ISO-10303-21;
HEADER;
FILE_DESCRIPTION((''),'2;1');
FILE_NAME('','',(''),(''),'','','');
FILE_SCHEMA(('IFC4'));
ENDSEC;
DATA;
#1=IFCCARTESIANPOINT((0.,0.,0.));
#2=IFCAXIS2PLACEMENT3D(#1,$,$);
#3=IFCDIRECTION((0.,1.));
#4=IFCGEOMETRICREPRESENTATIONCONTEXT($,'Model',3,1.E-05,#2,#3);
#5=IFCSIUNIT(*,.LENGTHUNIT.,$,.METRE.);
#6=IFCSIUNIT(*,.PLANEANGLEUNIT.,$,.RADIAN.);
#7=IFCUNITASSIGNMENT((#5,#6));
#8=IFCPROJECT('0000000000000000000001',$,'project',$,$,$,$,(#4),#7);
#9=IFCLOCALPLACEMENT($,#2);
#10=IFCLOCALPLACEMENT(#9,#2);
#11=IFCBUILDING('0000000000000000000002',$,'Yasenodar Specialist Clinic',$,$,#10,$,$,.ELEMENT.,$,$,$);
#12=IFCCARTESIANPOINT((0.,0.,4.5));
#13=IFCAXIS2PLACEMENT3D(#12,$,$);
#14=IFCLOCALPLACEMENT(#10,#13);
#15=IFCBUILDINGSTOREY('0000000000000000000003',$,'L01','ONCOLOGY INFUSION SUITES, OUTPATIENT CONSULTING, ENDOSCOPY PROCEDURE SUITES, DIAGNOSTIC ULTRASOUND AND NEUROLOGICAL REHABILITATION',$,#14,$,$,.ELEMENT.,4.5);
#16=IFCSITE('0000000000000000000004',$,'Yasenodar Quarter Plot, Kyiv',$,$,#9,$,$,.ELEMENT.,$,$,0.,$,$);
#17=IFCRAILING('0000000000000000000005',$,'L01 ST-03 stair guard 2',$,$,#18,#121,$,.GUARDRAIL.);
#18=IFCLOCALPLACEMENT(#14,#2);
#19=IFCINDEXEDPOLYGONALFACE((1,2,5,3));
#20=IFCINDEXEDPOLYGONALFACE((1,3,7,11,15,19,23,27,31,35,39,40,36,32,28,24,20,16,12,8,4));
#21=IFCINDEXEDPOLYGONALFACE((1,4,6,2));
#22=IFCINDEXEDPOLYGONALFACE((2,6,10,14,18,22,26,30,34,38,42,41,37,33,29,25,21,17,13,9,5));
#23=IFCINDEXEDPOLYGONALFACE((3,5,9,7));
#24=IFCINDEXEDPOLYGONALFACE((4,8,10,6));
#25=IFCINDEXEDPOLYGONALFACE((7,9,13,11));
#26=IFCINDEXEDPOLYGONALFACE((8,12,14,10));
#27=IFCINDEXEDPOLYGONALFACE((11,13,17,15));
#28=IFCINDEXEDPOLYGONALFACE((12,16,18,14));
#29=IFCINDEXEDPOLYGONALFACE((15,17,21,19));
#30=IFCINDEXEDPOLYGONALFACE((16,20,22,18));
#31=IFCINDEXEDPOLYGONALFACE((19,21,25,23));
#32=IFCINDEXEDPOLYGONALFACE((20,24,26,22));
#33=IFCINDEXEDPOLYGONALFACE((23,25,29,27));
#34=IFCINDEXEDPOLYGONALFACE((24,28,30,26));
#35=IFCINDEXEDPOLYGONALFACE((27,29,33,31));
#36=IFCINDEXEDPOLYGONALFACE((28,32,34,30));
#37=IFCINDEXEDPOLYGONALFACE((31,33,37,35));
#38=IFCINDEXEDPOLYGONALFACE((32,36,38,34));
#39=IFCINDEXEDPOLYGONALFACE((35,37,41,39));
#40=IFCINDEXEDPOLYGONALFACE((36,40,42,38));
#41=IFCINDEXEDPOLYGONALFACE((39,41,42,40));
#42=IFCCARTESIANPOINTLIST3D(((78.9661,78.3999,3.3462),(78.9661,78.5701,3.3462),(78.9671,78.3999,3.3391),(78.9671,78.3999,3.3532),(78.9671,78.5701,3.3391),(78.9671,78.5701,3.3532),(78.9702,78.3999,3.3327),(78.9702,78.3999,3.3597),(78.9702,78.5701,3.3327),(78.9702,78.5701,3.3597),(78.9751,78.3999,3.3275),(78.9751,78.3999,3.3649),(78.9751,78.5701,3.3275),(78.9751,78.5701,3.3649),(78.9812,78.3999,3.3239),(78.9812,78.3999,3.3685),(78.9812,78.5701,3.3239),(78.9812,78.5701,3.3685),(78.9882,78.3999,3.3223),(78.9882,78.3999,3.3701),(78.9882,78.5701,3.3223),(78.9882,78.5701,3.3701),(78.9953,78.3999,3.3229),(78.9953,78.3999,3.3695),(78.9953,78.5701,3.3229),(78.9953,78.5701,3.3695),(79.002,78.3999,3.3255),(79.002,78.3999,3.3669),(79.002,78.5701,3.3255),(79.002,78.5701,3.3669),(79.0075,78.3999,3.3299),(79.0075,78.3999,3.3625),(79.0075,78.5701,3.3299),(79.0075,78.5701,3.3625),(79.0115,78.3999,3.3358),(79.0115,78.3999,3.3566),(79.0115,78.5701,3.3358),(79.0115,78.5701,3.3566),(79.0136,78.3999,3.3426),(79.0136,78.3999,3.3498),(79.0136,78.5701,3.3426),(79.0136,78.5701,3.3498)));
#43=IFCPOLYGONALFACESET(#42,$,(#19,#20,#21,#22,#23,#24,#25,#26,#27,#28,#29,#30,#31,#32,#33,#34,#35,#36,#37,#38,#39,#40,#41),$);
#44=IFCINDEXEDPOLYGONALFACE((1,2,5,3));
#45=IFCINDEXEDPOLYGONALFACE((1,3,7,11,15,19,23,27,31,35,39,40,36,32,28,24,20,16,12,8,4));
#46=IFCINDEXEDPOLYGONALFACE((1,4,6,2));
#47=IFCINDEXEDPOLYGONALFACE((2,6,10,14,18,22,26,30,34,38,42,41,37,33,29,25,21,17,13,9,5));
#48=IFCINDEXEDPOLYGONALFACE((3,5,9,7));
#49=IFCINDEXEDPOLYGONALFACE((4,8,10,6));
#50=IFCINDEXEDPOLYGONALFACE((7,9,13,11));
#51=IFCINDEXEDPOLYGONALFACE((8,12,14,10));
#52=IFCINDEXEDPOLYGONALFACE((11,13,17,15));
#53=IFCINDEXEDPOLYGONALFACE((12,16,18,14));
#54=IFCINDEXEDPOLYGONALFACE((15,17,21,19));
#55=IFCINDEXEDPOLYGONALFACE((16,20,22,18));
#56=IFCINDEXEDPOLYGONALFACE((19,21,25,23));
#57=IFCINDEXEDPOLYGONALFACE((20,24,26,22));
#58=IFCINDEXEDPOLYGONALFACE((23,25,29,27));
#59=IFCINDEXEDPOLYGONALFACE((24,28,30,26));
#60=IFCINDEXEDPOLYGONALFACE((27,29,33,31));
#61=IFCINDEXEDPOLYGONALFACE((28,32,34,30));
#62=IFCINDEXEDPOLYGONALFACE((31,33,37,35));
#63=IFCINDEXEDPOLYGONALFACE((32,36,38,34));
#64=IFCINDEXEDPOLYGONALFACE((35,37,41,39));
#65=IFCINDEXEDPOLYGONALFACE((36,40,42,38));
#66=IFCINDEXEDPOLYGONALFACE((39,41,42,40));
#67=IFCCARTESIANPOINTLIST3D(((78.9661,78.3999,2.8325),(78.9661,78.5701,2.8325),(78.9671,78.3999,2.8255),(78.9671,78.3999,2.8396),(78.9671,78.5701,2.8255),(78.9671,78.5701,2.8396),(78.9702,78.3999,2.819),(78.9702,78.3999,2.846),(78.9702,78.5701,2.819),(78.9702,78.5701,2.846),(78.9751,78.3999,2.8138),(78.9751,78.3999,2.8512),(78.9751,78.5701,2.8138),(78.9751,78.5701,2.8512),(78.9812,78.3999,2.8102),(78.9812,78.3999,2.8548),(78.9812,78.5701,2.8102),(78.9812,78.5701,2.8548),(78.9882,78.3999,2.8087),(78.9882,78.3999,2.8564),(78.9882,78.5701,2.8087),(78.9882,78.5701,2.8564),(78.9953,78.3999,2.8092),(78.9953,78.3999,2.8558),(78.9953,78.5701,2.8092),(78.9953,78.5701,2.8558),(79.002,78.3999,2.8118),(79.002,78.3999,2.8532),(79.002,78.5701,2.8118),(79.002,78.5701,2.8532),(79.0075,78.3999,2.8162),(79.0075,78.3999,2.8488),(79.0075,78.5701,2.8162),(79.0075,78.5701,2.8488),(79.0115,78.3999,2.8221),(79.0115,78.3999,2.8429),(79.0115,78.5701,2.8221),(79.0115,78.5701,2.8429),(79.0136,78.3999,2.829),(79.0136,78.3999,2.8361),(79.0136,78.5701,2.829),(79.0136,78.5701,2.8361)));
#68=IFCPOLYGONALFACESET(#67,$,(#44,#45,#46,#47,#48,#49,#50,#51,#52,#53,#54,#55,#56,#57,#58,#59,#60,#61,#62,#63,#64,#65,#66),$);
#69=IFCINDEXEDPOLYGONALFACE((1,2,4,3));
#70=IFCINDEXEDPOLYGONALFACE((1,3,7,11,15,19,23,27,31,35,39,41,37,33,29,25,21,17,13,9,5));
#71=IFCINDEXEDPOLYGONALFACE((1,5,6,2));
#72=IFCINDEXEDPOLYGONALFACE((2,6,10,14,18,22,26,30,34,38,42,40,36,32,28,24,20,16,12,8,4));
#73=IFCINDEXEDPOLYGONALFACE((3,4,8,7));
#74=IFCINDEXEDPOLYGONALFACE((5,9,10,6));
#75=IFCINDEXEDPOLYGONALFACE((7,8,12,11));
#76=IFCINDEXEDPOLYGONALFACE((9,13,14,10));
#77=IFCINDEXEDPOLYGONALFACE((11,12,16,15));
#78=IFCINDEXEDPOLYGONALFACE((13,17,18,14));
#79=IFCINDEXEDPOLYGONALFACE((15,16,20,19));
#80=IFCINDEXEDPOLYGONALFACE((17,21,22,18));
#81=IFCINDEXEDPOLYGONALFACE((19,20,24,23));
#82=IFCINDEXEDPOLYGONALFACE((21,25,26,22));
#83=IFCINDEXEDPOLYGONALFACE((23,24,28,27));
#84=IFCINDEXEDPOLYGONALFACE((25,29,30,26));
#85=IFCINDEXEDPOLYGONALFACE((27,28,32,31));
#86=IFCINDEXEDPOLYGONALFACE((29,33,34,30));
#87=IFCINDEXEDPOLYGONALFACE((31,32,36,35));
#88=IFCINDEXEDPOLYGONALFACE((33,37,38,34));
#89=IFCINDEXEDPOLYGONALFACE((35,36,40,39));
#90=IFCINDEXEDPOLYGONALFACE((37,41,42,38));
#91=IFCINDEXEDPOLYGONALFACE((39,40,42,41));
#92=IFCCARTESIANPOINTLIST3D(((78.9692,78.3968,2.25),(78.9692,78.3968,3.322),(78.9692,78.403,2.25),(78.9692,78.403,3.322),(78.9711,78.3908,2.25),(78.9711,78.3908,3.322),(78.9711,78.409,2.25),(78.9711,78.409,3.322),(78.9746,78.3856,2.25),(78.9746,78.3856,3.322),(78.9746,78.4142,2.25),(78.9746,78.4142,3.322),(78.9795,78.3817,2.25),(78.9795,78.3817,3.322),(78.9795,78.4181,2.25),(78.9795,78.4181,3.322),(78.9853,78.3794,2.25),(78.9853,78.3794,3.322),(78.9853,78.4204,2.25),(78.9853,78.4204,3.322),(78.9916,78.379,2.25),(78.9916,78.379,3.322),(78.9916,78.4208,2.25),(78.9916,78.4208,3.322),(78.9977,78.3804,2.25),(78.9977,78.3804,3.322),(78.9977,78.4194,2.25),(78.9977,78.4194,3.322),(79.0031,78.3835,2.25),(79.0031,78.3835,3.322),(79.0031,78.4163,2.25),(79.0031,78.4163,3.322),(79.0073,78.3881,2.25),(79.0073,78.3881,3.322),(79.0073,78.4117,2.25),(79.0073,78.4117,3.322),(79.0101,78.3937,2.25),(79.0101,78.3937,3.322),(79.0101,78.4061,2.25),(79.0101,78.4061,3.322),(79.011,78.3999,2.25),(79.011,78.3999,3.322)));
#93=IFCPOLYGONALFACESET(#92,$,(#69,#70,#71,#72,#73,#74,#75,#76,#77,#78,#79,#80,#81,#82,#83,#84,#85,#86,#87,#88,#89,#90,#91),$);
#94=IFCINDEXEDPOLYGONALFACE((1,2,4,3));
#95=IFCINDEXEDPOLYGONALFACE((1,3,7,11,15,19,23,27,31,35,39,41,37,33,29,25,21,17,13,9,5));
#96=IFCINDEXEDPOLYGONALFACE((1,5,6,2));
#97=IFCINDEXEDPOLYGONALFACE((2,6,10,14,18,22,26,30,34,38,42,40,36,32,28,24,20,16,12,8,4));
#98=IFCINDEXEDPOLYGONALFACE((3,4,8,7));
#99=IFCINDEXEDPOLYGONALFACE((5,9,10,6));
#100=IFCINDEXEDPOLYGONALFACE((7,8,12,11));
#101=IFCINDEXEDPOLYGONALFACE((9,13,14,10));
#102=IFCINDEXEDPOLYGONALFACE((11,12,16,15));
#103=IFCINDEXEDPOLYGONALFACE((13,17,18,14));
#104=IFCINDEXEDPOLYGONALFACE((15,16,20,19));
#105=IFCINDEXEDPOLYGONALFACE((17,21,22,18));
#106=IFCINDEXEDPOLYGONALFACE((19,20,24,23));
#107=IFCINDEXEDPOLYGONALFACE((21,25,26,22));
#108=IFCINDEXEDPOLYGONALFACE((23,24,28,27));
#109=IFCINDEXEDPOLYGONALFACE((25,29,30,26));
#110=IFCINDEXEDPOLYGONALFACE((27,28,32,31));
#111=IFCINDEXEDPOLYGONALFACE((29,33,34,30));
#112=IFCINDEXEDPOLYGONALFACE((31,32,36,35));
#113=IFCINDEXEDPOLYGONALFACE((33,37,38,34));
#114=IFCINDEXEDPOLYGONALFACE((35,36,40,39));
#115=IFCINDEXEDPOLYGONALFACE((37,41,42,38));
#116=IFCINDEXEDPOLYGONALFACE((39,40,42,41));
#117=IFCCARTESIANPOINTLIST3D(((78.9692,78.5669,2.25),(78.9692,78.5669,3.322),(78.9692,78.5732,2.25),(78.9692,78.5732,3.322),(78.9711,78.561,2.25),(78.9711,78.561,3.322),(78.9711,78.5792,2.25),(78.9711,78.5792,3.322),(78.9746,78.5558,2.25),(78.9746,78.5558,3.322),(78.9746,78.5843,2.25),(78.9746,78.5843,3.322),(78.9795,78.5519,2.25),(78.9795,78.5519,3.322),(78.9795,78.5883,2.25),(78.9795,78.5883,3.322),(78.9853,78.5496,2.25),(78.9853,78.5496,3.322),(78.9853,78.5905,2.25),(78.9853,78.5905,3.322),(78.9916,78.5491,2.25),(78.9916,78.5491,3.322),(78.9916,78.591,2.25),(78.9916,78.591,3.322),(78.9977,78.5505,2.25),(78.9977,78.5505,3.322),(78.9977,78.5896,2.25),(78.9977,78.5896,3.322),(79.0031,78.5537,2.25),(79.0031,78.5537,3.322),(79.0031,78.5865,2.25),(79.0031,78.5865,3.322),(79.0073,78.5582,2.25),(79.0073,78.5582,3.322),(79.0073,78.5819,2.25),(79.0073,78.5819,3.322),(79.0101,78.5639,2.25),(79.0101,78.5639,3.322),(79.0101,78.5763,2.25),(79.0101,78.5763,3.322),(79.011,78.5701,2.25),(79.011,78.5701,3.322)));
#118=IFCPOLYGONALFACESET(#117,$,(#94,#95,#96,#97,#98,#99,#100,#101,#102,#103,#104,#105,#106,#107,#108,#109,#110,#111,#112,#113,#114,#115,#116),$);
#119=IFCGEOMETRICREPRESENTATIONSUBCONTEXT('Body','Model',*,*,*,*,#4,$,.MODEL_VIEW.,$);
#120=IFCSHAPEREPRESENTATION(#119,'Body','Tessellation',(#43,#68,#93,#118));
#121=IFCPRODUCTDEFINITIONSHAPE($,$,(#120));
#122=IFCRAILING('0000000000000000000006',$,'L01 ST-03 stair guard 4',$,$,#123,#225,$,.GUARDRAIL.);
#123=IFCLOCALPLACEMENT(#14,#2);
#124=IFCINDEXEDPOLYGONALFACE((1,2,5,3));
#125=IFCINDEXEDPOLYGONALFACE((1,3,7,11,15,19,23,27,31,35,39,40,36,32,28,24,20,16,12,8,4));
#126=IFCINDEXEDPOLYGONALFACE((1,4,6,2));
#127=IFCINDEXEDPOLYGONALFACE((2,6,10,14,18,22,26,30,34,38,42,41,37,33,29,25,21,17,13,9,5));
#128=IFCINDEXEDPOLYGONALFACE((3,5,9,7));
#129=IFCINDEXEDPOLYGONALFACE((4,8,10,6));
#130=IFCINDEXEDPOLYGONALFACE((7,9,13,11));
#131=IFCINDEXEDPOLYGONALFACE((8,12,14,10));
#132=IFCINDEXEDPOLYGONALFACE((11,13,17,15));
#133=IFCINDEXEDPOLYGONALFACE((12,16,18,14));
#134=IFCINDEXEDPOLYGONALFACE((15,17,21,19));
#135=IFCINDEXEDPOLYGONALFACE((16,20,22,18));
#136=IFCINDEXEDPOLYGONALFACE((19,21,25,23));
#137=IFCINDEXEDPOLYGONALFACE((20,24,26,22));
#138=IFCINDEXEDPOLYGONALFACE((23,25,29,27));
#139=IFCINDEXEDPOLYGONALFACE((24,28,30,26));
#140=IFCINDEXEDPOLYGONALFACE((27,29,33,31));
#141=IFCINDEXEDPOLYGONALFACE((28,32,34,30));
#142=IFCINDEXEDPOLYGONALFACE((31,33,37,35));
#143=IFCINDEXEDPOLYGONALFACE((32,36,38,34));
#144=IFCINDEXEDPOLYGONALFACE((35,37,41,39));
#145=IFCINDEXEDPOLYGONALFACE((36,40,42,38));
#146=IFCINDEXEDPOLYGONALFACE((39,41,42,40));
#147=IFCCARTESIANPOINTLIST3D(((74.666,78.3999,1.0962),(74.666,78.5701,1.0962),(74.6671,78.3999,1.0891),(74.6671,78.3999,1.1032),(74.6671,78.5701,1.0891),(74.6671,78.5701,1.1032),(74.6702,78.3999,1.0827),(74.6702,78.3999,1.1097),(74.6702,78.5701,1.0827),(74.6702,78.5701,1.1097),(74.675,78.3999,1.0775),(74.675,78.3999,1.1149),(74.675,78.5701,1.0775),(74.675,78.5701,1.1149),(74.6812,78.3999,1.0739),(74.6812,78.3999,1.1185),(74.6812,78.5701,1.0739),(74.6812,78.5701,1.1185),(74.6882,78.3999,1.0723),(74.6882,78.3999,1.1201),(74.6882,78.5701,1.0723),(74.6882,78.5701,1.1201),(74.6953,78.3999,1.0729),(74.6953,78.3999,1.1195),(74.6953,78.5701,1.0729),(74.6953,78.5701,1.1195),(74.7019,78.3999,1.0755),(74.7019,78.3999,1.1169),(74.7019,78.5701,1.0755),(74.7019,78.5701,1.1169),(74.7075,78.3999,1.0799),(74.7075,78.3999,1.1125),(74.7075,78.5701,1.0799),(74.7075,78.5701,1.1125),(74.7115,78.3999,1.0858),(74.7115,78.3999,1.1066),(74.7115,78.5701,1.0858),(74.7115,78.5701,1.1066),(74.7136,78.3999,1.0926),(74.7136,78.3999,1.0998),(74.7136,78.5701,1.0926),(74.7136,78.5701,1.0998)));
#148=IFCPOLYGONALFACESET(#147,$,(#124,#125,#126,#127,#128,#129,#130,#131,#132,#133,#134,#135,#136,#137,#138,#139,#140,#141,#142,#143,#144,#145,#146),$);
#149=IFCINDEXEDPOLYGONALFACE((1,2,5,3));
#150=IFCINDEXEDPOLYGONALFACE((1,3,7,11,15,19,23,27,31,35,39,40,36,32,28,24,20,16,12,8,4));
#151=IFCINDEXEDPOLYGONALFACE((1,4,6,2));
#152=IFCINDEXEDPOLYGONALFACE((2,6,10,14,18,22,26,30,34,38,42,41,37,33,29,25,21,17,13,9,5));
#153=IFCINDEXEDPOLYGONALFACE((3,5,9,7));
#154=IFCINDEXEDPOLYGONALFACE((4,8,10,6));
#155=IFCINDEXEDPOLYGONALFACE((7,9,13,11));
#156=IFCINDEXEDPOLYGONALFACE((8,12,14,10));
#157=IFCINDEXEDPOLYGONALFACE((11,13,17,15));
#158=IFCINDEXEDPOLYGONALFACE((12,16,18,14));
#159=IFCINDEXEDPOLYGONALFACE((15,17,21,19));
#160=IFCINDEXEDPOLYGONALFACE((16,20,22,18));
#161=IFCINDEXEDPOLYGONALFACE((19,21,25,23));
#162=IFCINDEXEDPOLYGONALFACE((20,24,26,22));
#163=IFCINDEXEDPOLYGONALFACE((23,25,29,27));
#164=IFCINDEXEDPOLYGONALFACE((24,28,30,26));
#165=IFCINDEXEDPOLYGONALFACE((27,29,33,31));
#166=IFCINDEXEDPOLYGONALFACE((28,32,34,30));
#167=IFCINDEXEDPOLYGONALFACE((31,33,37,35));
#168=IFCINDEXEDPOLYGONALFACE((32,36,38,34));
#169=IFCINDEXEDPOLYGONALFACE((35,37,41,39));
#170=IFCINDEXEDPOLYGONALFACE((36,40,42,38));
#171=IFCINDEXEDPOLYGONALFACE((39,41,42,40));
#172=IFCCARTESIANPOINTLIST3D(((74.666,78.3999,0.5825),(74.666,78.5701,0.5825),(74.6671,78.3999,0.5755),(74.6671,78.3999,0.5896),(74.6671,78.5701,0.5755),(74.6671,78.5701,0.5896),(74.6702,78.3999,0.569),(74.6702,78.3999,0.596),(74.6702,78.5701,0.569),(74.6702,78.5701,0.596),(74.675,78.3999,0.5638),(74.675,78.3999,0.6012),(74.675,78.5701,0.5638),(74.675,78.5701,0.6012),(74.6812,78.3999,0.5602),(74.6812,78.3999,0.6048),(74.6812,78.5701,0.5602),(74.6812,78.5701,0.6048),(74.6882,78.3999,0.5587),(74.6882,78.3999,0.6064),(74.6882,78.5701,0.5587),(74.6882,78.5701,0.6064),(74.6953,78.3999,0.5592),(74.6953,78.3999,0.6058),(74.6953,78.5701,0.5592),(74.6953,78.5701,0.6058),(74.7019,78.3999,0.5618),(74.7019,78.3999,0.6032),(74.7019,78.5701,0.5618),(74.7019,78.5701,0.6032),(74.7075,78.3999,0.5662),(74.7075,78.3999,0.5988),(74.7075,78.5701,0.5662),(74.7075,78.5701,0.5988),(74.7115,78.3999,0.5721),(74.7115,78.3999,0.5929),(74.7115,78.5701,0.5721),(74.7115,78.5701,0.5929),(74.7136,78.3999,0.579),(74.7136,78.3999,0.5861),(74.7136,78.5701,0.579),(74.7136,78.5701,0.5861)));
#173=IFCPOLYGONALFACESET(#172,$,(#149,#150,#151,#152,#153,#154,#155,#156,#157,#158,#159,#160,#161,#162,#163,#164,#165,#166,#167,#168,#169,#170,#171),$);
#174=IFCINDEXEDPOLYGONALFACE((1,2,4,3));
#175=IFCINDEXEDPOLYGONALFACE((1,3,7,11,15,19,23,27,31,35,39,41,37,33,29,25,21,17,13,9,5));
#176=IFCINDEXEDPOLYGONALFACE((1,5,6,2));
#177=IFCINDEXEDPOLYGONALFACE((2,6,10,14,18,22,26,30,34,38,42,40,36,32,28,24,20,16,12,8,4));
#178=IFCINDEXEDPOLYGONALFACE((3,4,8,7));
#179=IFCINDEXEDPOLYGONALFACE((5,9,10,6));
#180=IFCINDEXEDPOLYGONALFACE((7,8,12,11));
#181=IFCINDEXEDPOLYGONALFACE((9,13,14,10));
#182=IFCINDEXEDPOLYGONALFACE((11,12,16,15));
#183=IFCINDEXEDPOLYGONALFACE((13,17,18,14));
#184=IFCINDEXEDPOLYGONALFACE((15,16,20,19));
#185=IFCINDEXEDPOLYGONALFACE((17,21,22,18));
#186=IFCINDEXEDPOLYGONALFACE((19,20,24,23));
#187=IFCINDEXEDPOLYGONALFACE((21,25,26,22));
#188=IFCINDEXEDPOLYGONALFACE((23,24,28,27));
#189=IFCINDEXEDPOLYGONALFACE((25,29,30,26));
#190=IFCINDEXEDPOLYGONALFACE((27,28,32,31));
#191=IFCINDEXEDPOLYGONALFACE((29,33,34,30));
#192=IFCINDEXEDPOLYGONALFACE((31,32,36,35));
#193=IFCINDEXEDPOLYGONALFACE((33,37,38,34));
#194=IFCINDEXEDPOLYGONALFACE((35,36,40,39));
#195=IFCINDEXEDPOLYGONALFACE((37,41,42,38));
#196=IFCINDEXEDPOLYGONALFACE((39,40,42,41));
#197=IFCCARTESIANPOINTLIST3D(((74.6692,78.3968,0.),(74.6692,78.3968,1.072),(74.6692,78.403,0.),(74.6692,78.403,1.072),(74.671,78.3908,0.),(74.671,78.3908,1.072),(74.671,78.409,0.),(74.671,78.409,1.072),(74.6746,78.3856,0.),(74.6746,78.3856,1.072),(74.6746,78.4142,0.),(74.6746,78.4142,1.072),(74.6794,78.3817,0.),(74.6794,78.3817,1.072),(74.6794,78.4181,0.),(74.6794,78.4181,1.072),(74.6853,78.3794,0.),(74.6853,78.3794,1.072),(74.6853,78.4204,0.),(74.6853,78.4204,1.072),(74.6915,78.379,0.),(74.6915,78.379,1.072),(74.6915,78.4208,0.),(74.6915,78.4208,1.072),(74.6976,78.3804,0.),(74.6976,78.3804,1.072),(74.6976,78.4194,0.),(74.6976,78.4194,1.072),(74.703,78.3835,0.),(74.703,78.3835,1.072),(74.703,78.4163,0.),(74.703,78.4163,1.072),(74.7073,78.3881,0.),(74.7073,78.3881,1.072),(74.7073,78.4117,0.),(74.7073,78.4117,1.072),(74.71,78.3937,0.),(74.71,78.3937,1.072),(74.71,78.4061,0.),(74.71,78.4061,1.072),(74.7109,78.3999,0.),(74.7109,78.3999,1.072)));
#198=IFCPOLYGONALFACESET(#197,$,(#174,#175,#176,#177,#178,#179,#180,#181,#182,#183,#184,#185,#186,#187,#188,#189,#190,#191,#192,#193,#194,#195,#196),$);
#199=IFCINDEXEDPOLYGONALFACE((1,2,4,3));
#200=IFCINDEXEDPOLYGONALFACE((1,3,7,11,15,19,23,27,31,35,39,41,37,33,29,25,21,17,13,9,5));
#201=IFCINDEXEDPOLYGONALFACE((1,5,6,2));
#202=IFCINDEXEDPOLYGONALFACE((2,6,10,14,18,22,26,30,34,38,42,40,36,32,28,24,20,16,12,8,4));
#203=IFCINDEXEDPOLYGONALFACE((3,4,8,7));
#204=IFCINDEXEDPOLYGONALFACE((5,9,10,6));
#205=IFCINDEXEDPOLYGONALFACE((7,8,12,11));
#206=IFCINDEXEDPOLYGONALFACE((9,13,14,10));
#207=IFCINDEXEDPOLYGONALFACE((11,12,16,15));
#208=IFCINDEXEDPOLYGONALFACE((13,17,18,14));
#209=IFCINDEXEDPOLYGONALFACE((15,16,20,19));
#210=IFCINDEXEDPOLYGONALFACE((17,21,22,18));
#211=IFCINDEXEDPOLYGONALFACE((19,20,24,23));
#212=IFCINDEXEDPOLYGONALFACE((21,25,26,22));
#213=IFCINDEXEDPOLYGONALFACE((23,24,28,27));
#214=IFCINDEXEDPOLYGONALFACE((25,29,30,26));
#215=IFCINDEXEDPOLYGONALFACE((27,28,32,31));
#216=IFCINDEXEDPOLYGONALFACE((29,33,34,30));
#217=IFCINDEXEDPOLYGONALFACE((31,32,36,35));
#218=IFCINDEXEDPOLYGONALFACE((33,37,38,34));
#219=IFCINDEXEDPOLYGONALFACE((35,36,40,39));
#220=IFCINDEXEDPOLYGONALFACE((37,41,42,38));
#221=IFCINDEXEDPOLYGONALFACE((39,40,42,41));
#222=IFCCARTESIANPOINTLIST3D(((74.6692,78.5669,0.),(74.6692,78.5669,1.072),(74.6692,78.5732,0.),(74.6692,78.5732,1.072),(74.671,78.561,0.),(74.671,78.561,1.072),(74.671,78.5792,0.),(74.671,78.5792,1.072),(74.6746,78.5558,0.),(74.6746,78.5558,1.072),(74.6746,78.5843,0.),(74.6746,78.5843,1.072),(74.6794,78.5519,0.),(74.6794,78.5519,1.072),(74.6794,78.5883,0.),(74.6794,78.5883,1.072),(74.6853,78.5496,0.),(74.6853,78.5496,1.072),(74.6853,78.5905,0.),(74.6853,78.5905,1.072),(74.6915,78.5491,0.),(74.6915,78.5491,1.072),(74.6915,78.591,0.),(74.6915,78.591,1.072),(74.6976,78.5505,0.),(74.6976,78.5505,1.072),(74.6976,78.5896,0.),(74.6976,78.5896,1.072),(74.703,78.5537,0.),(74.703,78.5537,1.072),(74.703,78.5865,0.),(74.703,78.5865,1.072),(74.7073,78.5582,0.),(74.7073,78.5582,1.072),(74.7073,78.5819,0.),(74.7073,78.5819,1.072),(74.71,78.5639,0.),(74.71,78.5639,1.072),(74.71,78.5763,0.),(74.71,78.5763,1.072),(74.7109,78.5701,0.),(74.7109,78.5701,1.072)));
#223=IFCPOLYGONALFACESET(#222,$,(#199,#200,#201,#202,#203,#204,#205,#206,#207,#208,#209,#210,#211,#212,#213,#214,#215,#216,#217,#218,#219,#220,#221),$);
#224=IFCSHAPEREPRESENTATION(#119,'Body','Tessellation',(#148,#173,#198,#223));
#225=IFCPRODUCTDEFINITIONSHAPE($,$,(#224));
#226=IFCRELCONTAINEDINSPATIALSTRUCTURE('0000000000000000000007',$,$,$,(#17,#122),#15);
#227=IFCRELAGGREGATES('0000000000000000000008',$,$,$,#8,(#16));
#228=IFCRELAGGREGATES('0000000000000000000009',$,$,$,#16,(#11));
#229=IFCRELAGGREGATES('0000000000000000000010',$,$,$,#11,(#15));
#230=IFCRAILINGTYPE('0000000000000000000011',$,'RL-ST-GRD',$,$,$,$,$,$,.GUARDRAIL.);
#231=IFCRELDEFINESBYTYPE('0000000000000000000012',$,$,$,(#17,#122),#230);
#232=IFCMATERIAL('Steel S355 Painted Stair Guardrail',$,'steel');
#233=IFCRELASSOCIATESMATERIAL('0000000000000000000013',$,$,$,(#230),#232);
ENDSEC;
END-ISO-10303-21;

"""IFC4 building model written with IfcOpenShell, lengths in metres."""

from ifc_helpers import new_model, si_unit, direction, frame, origin, origin_2d, place, context, subcontext, project, spatial, circle, extrude, material, type_object, element, save


model = new_model("IFC4")

# Units and contexts
model_context = context("Model", 3, precision=1e-05, world=origin(), true_north=direction((0.0, 1.0)))
body_context = subcontext(model_context, "Body", "Model", "MODEL_VIEW")
ifc_project = project(units=[si_unit("LENGTHUNIT", "METRE"), si_unit("PLANEANGLEUNIT", "RADIAN")], contexts=[model_context])

# Site, building, storey
site_placement = place(None, origin())
site = spatial("IfcSite", under=ifc_project, at=site_placement, Name="Yasenodar Quarter Plot, Kyiv", CompositionType="ELEMENT", RefElevation=0.0)
building_placement = place(site_placement, origin())
building = spatial("IfcBuilding", under=site, at=building_placement, Name="Yasenodar Specialist Clinic", CompositionType="ELEMENT")
storey_placement = place(building_placement, frame((0.0, 0.0, 4.5)))
storey = spatial("IfcBuildingStorey", under=building, at=storey_placement, Name="L01", Description="ONCOLOGY INFUSION SUITES, OUTPATIENT CONSULTING, ENDOSCOPY PROCEDURE SUITES, DIAGNOSTIC ULTRASOUND AND NEUROLOGICAL REHABILITATION", CompositionType="ELEMENT", Elevation=4.5)

# Railings
ifc_material_1 = material(Name="Steel S355 Painted Stair Guardrail", Category="steel")
railing_type_1 = type_object("IfcRailingType", Name="RL-ST-GRD", PredefinedType="GUARDRAIL", material=ifc_material_1)
for number, where, name in (
    (1, (78.99, 78.3999, 2.25), "L01 ST-03 stair guard 2"),
    (2, (74.6899, 78.3999, 0.0), "L01 ST-03 stair guard 4"),
):
    element("IfcRailing", number, at=place(storey_placement, frame(where)), inside=storey, type_object=railing_type_1, Name=name, PredefinedType="GUARDRAIL", context=body_context, shape_type="SweptSolid", body=[
        extrude(circle(Radius=0.0239, at=origin_2d()), frame((0.0, 0.0, 1.0962), z_axis=(0.0, 1.0, 0.0), x_axis=(-1.0, 0.0, 0.0)), (0.0, 0.0, 1.0), 0.1702),
        extrude(circle(Radius=0.0239, at=origin_2d()), frame((0.0, 0.0, 0.5825), z_axis=(0.0, 1.0, 0.0), x_axis=(-1.0, 0.0, 0.0)), (0.0, 0.0, 1.0), 0.1702),
        extrude(circle(Radius=0.021, at=origin_2d()), origin(), (0.0, 0.0, 1.0), 1.072),
        extrude(circle(Radius=0.021, at=origin_2d()), frame((0.0, 0.1702, 0.0)), (0.0, 0.0, 1.0), 1.072),
    ])

save(model, "model.ifc")
